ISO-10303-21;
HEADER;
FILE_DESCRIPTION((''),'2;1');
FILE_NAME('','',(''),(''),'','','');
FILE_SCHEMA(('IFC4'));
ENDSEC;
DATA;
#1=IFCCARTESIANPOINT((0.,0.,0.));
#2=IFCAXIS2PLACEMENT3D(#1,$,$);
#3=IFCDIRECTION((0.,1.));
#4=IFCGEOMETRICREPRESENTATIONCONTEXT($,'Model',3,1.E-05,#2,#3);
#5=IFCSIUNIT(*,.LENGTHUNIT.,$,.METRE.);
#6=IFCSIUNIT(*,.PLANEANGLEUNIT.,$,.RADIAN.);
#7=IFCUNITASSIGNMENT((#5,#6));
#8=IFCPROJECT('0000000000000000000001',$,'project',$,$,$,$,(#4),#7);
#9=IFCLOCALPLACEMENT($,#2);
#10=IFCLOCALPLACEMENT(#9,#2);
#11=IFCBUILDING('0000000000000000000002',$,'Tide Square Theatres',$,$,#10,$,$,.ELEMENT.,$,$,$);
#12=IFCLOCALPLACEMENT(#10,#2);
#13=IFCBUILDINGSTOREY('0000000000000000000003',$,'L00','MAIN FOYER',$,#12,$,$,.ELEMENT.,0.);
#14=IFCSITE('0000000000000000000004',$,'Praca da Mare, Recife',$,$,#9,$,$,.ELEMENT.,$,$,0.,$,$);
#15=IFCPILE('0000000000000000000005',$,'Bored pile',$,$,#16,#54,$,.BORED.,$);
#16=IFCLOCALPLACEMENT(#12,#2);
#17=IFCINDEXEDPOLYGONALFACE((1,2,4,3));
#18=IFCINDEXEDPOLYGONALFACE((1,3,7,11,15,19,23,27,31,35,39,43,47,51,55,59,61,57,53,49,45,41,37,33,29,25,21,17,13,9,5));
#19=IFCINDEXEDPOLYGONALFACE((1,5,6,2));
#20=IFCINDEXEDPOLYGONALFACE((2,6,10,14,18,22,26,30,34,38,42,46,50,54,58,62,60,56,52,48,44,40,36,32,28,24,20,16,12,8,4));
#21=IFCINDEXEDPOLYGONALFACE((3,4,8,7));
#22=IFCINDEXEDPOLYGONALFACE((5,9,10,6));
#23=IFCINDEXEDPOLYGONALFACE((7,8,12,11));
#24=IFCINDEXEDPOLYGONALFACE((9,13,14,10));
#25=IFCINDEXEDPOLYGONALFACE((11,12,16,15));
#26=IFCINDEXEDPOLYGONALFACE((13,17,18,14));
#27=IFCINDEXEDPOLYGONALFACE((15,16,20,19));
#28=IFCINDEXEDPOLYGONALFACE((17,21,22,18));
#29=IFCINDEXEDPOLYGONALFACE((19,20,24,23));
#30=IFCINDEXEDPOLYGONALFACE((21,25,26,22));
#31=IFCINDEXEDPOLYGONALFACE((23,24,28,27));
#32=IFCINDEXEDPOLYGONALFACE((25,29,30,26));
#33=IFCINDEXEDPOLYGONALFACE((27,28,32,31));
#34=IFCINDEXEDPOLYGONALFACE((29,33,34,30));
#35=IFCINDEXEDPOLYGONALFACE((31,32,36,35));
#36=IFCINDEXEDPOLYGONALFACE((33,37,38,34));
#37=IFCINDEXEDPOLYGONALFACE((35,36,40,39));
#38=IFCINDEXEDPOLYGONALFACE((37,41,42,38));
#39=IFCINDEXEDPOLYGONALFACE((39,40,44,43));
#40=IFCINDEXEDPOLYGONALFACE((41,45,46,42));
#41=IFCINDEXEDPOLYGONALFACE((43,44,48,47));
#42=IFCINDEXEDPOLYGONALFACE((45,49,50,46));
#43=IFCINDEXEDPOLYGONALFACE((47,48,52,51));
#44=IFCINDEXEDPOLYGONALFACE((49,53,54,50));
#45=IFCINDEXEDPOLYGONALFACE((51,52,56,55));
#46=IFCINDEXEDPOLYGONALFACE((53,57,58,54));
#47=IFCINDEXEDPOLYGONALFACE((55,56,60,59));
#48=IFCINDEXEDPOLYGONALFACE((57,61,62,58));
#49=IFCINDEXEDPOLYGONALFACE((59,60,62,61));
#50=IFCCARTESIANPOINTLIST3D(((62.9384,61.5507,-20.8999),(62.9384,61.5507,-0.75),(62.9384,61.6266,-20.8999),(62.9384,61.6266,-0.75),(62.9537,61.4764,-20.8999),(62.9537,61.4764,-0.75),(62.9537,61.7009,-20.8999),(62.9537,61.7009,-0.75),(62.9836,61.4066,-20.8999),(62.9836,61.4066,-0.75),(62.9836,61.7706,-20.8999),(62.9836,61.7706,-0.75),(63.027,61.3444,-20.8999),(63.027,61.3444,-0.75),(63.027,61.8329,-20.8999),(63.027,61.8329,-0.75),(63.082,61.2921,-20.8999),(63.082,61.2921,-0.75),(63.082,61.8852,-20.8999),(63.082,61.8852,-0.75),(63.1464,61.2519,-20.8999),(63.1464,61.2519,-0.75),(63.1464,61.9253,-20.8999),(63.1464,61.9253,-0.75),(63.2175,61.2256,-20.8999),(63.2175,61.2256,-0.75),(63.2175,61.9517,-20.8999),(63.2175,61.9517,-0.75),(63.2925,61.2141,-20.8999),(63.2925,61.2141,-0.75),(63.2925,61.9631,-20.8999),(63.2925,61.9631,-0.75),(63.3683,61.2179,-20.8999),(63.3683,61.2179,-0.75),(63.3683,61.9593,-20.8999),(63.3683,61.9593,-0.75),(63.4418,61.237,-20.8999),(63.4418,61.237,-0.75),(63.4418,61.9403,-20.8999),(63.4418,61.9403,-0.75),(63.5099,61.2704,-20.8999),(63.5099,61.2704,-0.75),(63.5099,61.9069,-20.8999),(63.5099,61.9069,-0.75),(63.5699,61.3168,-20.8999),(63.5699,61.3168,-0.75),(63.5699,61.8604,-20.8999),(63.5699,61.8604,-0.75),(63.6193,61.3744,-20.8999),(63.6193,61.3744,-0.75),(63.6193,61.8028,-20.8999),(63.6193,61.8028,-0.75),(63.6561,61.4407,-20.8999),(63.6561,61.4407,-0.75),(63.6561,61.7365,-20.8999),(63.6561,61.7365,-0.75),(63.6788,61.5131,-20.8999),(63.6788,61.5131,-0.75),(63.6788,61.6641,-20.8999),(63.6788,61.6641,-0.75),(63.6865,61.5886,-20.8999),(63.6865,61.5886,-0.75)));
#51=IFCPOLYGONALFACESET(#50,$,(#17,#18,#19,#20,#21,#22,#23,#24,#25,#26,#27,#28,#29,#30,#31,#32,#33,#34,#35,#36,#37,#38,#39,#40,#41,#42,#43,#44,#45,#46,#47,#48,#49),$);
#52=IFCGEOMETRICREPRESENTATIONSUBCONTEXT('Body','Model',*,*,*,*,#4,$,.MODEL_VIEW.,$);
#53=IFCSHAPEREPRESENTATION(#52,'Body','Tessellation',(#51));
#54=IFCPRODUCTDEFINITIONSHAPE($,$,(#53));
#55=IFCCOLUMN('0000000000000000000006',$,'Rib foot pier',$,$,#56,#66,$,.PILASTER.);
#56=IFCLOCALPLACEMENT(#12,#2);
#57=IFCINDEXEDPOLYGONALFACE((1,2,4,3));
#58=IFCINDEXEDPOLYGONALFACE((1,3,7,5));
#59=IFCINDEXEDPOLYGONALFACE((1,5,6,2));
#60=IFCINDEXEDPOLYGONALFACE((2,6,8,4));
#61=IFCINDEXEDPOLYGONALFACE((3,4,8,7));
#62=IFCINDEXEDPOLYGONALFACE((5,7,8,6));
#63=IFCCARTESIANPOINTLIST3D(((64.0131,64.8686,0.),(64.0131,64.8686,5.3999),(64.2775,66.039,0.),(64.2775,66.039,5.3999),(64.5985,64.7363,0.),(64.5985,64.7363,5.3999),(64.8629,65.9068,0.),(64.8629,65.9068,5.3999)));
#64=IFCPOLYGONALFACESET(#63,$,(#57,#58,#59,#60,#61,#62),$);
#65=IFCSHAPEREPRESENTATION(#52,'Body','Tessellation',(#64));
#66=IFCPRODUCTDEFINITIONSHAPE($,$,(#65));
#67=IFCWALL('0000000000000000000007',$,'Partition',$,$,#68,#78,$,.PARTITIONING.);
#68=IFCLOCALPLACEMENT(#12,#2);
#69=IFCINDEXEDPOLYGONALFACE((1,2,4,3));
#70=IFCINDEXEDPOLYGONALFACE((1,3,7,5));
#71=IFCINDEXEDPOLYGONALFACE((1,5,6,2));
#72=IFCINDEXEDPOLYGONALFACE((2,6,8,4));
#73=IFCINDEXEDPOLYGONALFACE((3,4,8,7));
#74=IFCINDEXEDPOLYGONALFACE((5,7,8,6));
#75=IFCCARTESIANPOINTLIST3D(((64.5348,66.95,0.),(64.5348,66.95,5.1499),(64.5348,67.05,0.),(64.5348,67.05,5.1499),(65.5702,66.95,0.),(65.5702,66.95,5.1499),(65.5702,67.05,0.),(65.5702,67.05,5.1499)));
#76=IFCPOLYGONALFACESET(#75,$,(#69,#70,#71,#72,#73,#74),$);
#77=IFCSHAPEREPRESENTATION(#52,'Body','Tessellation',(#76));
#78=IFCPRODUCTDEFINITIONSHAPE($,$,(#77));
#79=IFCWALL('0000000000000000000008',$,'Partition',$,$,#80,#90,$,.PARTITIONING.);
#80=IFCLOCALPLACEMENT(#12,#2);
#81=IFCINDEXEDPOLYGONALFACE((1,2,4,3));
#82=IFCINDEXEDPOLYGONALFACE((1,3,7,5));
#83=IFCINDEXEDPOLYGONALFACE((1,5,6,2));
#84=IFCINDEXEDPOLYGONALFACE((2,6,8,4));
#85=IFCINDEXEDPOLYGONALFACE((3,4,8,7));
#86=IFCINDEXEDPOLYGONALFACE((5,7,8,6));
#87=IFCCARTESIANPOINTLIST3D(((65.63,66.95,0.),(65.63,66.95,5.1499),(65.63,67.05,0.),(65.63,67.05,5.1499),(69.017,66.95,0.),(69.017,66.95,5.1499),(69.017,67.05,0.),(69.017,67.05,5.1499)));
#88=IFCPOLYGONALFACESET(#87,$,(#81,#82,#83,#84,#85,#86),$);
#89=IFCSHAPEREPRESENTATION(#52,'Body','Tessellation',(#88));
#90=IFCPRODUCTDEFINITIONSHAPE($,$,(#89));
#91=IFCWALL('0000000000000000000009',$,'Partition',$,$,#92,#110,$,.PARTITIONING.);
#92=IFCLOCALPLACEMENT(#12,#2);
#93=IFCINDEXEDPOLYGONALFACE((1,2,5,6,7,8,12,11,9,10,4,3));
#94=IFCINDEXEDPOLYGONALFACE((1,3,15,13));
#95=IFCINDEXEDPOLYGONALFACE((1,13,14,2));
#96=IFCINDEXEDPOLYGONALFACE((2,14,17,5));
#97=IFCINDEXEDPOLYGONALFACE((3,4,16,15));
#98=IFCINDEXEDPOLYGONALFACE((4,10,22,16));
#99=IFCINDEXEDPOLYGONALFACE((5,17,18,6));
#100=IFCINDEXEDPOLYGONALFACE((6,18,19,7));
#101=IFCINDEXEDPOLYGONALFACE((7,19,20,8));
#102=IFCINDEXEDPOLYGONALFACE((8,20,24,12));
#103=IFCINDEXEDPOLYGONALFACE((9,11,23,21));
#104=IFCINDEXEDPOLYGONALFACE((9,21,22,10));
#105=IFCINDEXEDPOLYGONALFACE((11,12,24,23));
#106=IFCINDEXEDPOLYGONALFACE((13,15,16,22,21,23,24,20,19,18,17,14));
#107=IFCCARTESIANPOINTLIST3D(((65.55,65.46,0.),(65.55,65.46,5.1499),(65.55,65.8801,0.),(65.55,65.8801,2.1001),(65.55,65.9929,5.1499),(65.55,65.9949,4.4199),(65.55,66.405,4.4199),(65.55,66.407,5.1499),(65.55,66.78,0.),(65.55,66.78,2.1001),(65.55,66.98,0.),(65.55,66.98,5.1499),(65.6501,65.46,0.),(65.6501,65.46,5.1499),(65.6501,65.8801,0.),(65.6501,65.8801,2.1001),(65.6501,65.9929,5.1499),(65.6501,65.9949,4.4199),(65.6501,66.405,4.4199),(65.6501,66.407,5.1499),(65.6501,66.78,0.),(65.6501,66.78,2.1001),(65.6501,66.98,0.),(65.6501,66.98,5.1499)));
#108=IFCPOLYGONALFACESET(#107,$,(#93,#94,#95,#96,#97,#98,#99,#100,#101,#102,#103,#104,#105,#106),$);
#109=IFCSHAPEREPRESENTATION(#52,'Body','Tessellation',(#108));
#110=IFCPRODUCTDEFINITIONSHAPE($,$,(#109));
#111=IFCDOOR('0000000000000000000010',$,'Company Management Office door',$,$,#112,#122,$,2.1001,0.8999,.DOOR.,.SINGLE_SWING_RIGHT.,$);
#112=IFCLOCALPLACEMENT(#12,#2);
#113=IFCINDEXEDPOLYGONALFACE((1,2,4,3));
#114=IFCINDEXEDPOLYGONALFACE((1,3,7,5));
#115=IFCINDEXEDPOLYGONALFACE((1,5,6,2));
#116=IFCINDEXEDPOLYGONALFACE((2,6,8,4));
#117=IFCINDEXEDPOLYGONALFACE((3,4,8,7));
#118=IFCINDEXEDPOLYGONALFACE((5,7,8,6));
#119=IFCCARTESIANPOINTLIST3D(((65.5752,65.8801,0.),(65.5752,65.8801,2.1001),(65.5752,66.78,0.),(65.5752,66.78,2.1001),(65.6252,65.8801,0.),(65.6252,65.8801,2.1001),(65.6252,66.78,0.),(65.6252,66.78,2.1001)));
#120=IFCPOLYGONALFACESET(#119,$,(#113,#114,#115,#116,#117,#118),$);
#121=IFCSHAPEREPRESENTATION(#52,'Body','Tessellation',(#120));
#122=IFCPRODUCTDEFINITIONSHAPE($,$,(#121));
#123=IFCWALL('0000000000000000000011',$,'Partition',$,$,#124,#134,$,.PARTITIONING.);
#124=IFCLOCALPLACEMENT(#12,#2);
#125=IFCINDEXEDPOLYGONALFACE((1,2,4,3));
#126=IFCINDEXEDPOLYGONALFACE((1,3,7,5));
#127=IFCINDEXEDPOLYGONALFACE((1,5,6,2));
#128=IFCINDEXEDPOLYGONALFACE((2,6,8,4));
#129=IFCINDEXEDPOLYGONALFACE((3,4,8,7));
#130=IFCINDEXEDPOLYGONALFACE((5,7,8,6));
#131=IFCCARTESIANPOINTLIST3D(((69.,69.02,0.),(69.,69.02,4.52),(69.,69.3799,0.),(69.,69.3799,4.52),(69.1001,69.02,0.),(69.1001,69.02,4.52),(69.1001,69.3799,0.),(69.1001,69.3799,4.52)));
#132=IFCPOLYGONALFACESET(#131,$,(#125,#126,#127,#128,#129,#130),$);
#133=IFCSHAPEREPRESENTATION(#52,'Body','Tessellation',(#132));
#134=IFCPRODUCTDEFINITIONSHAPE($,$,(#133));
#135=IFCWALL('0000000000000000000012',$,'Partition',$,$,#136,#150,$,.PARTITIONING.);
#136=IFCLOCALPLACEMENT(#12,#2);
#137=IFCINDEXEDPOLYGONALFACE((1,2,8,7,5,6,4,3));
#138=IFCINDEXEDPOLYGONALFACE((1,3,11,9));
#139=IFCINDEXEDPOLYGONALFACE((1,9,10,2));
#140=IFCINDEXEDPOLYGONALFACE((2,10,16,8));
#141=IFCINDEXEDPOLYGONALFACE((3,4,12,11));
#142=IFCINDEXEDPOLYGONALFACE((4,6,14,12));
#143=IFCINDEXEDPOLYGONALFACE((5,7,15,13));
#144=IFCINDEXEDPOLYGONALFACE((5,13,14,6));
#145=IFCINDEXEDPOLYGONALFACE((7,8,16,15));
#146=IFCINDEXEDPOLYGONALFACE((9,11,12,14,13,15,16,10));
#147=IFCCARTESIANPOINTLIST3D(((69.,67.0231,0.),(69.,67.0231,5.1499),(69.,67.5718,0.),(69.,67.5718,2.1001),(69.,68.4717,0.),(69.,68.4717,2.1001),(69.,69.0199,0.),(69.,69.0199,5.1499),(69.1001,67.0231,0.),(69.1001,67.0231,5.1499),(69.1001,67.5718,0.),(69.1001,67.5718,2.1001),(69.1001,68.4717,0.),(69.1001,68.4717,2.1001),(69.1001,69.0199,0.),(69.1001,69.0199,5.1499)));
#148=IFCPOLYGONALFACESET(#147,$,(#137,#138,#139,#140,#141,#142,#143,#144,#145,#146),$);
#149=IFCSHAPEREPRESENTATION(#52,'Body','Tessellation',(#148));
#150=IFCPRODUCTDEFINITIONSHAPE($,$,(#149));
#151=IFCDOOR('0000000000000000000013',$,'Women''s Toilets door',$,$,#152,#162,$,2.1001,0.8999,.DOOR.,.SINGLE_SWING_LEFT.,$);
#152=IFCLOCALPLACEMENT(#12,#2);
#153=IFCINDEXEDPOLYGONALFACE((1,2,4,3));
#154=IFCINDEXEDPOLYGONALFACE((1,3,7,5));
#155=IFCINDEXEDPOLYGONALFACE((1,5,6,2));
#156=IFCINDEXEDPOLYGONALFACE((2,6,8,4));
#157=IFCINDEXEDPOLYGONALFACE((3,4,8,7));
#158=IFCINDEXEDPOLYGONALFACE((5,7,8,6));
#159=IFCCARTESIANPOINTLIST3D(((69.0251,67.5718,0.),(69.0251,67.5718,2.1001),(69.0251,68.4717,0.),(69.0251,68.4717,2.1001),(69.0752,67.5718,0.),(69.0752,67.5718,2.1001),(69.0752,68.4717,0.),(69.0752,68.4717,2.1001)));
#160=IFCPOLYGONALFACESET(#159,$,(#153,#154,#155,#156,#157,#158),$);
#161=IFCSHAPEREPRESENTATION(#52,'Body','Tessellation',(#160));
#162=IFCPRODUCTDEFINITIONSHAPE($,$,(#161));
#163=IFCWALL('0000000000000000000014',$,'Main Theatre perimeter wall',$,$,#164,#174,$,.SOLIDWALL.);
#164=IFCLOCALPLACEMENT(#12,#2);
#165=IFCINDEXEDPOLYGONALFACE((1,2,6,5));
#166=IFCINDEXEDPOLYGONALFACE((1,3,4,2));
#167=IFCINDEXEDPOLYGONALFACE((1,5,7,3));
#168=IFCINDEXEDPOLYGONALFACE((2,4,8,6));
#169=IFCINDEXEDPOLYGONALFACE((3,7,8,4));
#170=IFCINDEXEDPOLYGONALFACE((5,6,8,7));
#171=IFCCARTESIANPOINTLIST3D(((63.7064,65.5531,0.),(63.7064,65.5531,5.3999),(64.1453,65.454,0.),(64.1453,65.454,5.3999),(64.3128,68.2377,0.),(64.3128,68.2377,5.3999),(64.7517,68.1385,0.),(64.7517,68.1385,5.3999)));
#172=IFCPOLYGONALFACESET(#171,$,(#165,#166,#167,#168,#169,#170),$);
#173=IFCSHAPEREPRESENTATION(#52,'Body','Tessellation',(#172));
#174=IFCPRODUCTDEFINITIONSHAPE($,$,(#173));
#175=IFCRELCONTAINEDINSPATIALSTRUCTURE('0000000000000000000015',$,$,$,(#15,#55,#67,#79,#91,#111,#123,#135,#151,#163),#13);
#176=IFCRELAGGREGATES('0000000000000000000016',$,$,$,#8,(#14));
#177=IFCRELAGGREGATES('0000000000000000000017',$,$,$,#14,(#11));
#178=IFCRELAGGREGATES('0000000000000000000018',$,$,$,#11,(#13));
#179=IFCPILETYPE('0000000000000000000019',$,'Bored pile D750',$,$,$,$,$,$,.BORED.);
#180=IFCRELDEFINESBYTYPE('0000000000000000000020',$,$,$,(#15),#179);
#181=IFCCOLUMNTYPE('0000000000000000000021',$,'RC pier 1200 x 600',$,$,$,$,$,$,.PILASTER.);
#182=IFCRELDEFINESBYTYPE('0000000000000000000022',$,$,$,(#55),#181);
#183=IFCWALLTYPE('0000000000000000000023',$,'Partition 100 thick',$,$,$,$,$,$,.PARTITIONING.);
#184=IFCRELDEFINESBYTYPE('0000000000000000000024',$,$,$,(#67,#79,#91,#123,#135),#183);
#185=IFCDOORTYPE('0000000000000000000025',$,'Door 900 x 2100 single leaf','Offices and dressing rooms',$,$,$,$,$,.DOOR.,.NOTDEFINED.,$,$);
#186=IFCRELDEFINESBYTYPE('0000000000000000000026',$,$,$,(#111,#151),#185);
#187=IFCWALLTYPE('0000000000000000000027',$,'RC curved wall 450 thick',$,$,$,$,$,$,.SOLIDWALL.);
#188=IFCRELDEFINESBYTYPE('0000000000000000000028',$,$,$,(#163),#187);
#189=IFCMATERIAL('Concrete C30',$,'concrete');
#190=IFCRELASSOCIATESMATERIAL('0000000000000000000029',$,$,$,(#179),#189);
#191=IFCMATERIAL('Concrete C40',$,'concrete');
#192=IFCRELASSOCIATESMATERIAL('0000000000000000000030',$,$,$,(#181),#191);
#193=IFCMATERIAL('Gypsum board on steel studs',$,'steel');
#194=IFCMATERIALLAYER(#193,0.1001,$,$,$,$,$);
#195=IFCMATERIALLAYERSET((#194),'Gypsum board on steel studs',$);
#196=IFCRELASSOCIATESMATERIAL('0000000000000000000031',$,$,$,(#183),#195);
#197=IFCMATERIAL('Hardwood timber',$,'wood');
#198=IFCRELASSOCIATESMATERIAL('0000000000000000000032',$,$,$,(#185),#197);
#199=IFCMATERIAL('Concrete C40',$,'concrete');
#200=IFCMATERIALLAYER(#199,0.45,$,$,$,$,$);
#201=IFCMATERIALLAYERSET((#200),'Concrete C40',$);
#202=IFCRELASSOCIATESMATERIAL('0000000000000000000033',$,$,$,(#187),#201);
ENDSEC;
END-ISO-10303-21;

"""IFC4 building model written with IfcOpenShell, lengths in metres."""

from ifc_helpers import new_model, si_unit, direction, frame, frame_2d, origin, origin_2d, place, context, subcontext, project, spatial, polyline, rectangle, circle, outline, extrude, material, layer, layer_set, material_profile, profile_set, type_object, element, fill, save


model = new_model("IFC4")

# Units and contexts
model_context = context("Model", 3, precision=1e-05, world=origin(), true_north=direction((0.0, 1.0)))
body_context = subcontext(model_context, "Body", "Model", "MODEL_VIEW")
ifc_project = project(units=[si_unit("LENGTHUNIT", "METRE"), si_unit("PLANEANGLEUNIT", "RADIAN")], contexts=[model_context])

# Site, building, storey
site_placement = place(None, origin())
site = spatial("IfcSite", under=ifc_project, at=site_placement, Name="Praca da Mare, Recife", CompositionType="ELEMENT", RefElevation=0.0)
building_placement = place(site_placement, origin())
building = spatial("IfcBuilding", under=site, at=building_placement, Name="Tide Square Theatres", CompositionType="ELEMENT")
storey_placement = place(building_placement, origin())
storey = spatial("IfcBuildingStorey", under=building, at=storey_placement, Name="L00", Description="MAIN FOYER", CompositionType="ELEMENT", Elevation=0.0)

# Pile
ifc_material_1 = material(Name="Concrete C30", Category="concrete")
ifc_material_profile_1 = material_profile(ifc_material_1, circle(Radius=0.375, at=origin_2d()))
ifc_profile_set_1 = profile_set([ifc_material_profile_1], Name="Concrete C30")
pile_type_1 = type_object("IfcPileType", Name="Bored pile D750", PredefinedType="BORED", material=ifc_profile_set_1)
for number, where, z_axis, x_axis, name in (
    (1, (63.3115, 61.5886, -0.75), (0.0, 0.0, -1.0), (1.0, 0.0, 0.0), "Bored pile"),
):
    element("IfcPile", number, at=place(storey_placement, frame(where, z_axis=z_axis, x_axis=x_axis)), inside=storey, type_object=pile_type_1, Name=name, PredefinedType="BORED", context=body_context, shape_type="SweptSolid", body=[
        extrude(circle(Radius=0.375, at=origin_2d()), origin(), (0.0, 0.0, 1.0), 20.1499),
    ])

# Column
ifc_material_2 = material(Name="Concrete C40", Category="concrete")
ifc_material_profile_2 = material_profile(ifc_material_2, rectangle(XDim=1.2, YDim=0.6001, at=origin_2d()))
ifc_profile_set_2 = profile_set([ifc_material_profile_2], Name="Concrete C40")
column_type = type_object("IfcColumnType", Name="RC pier 1200 x 600", PredefinedType="PILASTER", material=ifc_profile_set_2)
column_placement = place(storey_placement, frame((64.438, 65.3877, 0.0), z_axis=(0.0, 0.0, 1.0), x_axis=(-0.220357, -0.975419, 0.0)))
element("IfcColumn", 2, at=column_placement, inside=storey, type_object=column_type, Name="Rib foot pier", PredefinedType="PILASTER", context=body_context, shape_type="SweptSolid", body=[
    extrude(rectangle(XDim=1.2, YDim=0.6001, at=origin_2d()), origin(), (0.0, 0.0, 1.0), 5.3999),
])

# Walls
ifc_material_3 = material(Name="Gypsum board on steel studs", Category="steel")
ifc_layer_1 = layer(ifc_material_3, 0.1001)
ifc_layer_set_1 = layer_set([ifc_layer_1], Name="Gypsum board on steel studs")
wall_type_1 = type_object("IfcWallType", Name="Partition 100 thick", PredefinedType="PARTITIONING", material=ifc_layer_set_1)
wall_1_placement = place(storey_placement, frame((65.5701, 67.0, 0.0), z_axis=(0.0, 0.0, 1.0), x_axis=(-1.0, 0.0, 0.0)))
element("IfcWall", 3, at=wall_1_placement, inside=storey, type_object=wall_type_1, Name="Partition", PredefinedType="PARTITIONING", context=body_context, shape_type="SweptSolid", body=[
    extrude(rectangle(XDim=1.0354, YDim=0.1001, at=frame_2d((0.5176, 0.0))), origin(), (0.0, 0.0, 1.0), 5.1499),
])
wall_2_placement = place(storey_placement, frame((69.0168, 67.0, 0.0), z_axis=(0.0, 0.0, 1.0), x_axis=(-1.0, 0.0, 0.0)))
element("IfcWall", 4, at=wall_2_placement, inside=storey, type_object=wall_type_1, Name="Partition", PredefinedType="PARTITIONING", context=body_context, shape_type="SweptSolid", body=[
    extrude(rectangle(XDim=3.387, YDim=0.1001, at=frame_2d((1.6934, 0.0))), origin(), (0.0, 0.0, 1.0), 5.1499),
])

# Wall, opening, door
wall_3_placement = place(storey_placement, frame((65.6001, 66.98, 0.0), z_axis=(0.0, 0.0, 1.0), x_axis=(0.0, -1.0, 0.0)))
wall_3 = element("IfcWall", 5, at=wall_3_placement, inside=storey, type_object=wall_type_1, Name="Partition", PredefinedType="PARTITIONING", context=body_context, shape_type="SweptSolid", body=[
    extrude(outline(polyline([(0.0, 0.0), (1.52, 0.0), (1.52, 5.1499), (0.9871, 5.1499), (0.9851, 4.4199), (0.575, 4.4199), (0.573, 5.1499), (0.0, 5.1499), (0.0, 0.0)])), frame((0.0, 0.05, 0.0), z_axis=(0.0, -1.0, 0.0), x_axis=(1.0, 0.0, 0.0)), (0.0, 0.0, 1.0), 0.1001),
])
opening_1_placement = place(wall_3_placement, frame((0.2, 0.0, 0.0)))
opening_1 = element("IfcOpeningElement", 6, at=opening_1_placement, cuts=wall_3, PredefinedType="OPENING", context=body_context, shape_type="SweptSolid", body=[
    extrude(rectangle(XDim=0.8999, YDim=2.1001, at=frame_2d((0.45, 1.05))), frame((0.0, 0.0601, 0.0), z_axis=(0.0, -1.0, 0.0), x_axis=(1.0, 0.0, 0.0)), (0.0, 0.0, 1.0), 0.1201),
])
ifc_material_4 = material(Name="Hardwood timber", Category="wood")
door_type_1 = type_object("IfcDoorType", Name="Door 900 x 2100 single leaf", Description="Offices and dressing rooms", OperationType="NOTDEFINED", PredefinedType="DOOR", material=ifc_material_4)
door_1_placement = place(opening_1_placement, frame((0.8999, 0.0, 0.0), z_axis=(0.0, 0.0, 1.0), x_axis=(-1.0, 0.0, 0.0)))
door_1 = element("IfcDoor", 7, at=door_1_placement, inside=storey, type_object=door_type_1, Name="Company Management Office door", OperationType="SINGLE_SWING_RIGHT", OverallHeight=2.1001, OverallWidth=0.8999, PredefinedType="DOOR", context=body_context, shape_type="SweptSolid", body=[
    extrude(rectangle(XDim=0.8999, YDim=2.1001, at=frame_2d((0.45, 1.05))), frame((0.0, 0.0249, 0.0), z_axis=(0.0, -1.0, 0.0), x_axis=(1.0, 0.0, 0.0)), (0.0, 0.0, 1.0), 0.05),
])
fill(opening_1, door_1)

# Wall
wall_4_placement = place(storey_placement, frame((69.05, 69.3799, 0.0), z_axis=(0.0, 0.0, 1.0), x_axis=(0.0, -1.0, 0.0)))
element("IfcWall", 8, at=wall_4_placement, inside=storey, type_object=wall_type_1, Name="Partition", PredefinedType="PARTITIONING", context=body_context, shape_type="SweptSolid", body=[
    extrude(rectangle(XDim=0.3599, YDim=0.1001, at=frame_2d((0.1799, 0.0))), origin(), (0.0, 0.0, 1.0), 4.52),
])

# Wall, opening, door
wall_5_placement = place(storey_placement, frame((69.05, 69.02, 0.0), z_axis=(0.0, 0.0, 1.0), x_axis=(0.0, -1.0, 0.0)))
wall_5 = element("IfcWall", 9, at=wall_5_placement, inside=storey, type_object=wall_type_1, Name="Partition", PredefinedType="PARTITIONING", context=body_context, shape_type="SweptSolid", body=[
    extrude(rectangle(XDim=1.9968, YDim=0.1001, at=frame_2d((0.9985, 0.0))), origin(), (0.0, 0.0, 1.0), 5.1499),
])
opening_2_placement = place(wall_5_placement, frame((0.5483, 0.0, 0.0)))
opening_2 = element("IfcOpeningElement", 10, at=opening_2_placement, cuts=wall_5, PredefinedType="OPENING", context=body_context, shape_type="SweptSolid", body=[
    extrude(rectangle(XDim=0.8999, YDim=2.1001, at=frame_2d((0.45, 1.05))), frame((0.0, 0.0601, 0.0), z_axis=(0.0, -1.0, 0.0), x_axis=(1.0, 0.0, 0.0)), (0.0, 0.0, 1.0), 0.1201),
])
door_2_placement = place(opening_2_placement, frame((0.8999, 0.0, 0.0), z_axis=(0.0, 0.0, 1.0), x_axis=(-1.0, 0.0, 0.0)))
door_2 = element("IfcDoor", 11, at=door_2_placement, inside=storey, type_object=door_type_1, Name="Women's Toilets door", OperationType="SINGLE_SWING_LEFT", OverallHeight=2.1001, OverallWidth=0.8999, PredefinedType="DOOR", context=body_context, shape_type="SweptSolid", body=[
    extrude(rectangle(XDim=0.8999, YDim=2.1001, at=frame_2d((0.45, 1.05))), frame((0.0, 0.0249, 0.0), z_axis=(0.0, -1.0, 0.0), x_axis=(1.0, 0.0, 0.0)), (0.0, 0.0, 1.0), 0.05),
])
fill(opening_2, door_2)

# Wall
ifc_material_5 = material(Name="Concrete C40", Category="concrete")
ifc_layer_2 = layer(ifc_material_5, 0.45)
ifc_layer_set_2 = layer_set([ifc_layer_2], Name="Concrete C40")
wall_type_2 = type_object("IfcWallType", Name="RC curved wall 450 thick", PredefinedType="SOLIDWALL", material=ifc_layer_set_2)
wall_6_placement = place(storey_placement, frame((64.5322, 68.188, 0.0), z_axis=(0.0, 0.0, 1.0), x_axis=(-0.220348, -0.975421, 0.0)))
element("IfcWall", 12, at=wall_6_placement, inside=storey, type_object=wall_type_2, Name="Main Theatre perimeter wall", PredefinedType="SOLIDWALL", context=body_context, shape_type="SweptSolid", body=[
    extrude(rectangle(XDim=2.7522, YDim=0.45, at=frame_2d((1.376, 0.0))), origin(), (0.0, 0.0, 1.0), 5.3999),
])

save(model, "model.ifc")
